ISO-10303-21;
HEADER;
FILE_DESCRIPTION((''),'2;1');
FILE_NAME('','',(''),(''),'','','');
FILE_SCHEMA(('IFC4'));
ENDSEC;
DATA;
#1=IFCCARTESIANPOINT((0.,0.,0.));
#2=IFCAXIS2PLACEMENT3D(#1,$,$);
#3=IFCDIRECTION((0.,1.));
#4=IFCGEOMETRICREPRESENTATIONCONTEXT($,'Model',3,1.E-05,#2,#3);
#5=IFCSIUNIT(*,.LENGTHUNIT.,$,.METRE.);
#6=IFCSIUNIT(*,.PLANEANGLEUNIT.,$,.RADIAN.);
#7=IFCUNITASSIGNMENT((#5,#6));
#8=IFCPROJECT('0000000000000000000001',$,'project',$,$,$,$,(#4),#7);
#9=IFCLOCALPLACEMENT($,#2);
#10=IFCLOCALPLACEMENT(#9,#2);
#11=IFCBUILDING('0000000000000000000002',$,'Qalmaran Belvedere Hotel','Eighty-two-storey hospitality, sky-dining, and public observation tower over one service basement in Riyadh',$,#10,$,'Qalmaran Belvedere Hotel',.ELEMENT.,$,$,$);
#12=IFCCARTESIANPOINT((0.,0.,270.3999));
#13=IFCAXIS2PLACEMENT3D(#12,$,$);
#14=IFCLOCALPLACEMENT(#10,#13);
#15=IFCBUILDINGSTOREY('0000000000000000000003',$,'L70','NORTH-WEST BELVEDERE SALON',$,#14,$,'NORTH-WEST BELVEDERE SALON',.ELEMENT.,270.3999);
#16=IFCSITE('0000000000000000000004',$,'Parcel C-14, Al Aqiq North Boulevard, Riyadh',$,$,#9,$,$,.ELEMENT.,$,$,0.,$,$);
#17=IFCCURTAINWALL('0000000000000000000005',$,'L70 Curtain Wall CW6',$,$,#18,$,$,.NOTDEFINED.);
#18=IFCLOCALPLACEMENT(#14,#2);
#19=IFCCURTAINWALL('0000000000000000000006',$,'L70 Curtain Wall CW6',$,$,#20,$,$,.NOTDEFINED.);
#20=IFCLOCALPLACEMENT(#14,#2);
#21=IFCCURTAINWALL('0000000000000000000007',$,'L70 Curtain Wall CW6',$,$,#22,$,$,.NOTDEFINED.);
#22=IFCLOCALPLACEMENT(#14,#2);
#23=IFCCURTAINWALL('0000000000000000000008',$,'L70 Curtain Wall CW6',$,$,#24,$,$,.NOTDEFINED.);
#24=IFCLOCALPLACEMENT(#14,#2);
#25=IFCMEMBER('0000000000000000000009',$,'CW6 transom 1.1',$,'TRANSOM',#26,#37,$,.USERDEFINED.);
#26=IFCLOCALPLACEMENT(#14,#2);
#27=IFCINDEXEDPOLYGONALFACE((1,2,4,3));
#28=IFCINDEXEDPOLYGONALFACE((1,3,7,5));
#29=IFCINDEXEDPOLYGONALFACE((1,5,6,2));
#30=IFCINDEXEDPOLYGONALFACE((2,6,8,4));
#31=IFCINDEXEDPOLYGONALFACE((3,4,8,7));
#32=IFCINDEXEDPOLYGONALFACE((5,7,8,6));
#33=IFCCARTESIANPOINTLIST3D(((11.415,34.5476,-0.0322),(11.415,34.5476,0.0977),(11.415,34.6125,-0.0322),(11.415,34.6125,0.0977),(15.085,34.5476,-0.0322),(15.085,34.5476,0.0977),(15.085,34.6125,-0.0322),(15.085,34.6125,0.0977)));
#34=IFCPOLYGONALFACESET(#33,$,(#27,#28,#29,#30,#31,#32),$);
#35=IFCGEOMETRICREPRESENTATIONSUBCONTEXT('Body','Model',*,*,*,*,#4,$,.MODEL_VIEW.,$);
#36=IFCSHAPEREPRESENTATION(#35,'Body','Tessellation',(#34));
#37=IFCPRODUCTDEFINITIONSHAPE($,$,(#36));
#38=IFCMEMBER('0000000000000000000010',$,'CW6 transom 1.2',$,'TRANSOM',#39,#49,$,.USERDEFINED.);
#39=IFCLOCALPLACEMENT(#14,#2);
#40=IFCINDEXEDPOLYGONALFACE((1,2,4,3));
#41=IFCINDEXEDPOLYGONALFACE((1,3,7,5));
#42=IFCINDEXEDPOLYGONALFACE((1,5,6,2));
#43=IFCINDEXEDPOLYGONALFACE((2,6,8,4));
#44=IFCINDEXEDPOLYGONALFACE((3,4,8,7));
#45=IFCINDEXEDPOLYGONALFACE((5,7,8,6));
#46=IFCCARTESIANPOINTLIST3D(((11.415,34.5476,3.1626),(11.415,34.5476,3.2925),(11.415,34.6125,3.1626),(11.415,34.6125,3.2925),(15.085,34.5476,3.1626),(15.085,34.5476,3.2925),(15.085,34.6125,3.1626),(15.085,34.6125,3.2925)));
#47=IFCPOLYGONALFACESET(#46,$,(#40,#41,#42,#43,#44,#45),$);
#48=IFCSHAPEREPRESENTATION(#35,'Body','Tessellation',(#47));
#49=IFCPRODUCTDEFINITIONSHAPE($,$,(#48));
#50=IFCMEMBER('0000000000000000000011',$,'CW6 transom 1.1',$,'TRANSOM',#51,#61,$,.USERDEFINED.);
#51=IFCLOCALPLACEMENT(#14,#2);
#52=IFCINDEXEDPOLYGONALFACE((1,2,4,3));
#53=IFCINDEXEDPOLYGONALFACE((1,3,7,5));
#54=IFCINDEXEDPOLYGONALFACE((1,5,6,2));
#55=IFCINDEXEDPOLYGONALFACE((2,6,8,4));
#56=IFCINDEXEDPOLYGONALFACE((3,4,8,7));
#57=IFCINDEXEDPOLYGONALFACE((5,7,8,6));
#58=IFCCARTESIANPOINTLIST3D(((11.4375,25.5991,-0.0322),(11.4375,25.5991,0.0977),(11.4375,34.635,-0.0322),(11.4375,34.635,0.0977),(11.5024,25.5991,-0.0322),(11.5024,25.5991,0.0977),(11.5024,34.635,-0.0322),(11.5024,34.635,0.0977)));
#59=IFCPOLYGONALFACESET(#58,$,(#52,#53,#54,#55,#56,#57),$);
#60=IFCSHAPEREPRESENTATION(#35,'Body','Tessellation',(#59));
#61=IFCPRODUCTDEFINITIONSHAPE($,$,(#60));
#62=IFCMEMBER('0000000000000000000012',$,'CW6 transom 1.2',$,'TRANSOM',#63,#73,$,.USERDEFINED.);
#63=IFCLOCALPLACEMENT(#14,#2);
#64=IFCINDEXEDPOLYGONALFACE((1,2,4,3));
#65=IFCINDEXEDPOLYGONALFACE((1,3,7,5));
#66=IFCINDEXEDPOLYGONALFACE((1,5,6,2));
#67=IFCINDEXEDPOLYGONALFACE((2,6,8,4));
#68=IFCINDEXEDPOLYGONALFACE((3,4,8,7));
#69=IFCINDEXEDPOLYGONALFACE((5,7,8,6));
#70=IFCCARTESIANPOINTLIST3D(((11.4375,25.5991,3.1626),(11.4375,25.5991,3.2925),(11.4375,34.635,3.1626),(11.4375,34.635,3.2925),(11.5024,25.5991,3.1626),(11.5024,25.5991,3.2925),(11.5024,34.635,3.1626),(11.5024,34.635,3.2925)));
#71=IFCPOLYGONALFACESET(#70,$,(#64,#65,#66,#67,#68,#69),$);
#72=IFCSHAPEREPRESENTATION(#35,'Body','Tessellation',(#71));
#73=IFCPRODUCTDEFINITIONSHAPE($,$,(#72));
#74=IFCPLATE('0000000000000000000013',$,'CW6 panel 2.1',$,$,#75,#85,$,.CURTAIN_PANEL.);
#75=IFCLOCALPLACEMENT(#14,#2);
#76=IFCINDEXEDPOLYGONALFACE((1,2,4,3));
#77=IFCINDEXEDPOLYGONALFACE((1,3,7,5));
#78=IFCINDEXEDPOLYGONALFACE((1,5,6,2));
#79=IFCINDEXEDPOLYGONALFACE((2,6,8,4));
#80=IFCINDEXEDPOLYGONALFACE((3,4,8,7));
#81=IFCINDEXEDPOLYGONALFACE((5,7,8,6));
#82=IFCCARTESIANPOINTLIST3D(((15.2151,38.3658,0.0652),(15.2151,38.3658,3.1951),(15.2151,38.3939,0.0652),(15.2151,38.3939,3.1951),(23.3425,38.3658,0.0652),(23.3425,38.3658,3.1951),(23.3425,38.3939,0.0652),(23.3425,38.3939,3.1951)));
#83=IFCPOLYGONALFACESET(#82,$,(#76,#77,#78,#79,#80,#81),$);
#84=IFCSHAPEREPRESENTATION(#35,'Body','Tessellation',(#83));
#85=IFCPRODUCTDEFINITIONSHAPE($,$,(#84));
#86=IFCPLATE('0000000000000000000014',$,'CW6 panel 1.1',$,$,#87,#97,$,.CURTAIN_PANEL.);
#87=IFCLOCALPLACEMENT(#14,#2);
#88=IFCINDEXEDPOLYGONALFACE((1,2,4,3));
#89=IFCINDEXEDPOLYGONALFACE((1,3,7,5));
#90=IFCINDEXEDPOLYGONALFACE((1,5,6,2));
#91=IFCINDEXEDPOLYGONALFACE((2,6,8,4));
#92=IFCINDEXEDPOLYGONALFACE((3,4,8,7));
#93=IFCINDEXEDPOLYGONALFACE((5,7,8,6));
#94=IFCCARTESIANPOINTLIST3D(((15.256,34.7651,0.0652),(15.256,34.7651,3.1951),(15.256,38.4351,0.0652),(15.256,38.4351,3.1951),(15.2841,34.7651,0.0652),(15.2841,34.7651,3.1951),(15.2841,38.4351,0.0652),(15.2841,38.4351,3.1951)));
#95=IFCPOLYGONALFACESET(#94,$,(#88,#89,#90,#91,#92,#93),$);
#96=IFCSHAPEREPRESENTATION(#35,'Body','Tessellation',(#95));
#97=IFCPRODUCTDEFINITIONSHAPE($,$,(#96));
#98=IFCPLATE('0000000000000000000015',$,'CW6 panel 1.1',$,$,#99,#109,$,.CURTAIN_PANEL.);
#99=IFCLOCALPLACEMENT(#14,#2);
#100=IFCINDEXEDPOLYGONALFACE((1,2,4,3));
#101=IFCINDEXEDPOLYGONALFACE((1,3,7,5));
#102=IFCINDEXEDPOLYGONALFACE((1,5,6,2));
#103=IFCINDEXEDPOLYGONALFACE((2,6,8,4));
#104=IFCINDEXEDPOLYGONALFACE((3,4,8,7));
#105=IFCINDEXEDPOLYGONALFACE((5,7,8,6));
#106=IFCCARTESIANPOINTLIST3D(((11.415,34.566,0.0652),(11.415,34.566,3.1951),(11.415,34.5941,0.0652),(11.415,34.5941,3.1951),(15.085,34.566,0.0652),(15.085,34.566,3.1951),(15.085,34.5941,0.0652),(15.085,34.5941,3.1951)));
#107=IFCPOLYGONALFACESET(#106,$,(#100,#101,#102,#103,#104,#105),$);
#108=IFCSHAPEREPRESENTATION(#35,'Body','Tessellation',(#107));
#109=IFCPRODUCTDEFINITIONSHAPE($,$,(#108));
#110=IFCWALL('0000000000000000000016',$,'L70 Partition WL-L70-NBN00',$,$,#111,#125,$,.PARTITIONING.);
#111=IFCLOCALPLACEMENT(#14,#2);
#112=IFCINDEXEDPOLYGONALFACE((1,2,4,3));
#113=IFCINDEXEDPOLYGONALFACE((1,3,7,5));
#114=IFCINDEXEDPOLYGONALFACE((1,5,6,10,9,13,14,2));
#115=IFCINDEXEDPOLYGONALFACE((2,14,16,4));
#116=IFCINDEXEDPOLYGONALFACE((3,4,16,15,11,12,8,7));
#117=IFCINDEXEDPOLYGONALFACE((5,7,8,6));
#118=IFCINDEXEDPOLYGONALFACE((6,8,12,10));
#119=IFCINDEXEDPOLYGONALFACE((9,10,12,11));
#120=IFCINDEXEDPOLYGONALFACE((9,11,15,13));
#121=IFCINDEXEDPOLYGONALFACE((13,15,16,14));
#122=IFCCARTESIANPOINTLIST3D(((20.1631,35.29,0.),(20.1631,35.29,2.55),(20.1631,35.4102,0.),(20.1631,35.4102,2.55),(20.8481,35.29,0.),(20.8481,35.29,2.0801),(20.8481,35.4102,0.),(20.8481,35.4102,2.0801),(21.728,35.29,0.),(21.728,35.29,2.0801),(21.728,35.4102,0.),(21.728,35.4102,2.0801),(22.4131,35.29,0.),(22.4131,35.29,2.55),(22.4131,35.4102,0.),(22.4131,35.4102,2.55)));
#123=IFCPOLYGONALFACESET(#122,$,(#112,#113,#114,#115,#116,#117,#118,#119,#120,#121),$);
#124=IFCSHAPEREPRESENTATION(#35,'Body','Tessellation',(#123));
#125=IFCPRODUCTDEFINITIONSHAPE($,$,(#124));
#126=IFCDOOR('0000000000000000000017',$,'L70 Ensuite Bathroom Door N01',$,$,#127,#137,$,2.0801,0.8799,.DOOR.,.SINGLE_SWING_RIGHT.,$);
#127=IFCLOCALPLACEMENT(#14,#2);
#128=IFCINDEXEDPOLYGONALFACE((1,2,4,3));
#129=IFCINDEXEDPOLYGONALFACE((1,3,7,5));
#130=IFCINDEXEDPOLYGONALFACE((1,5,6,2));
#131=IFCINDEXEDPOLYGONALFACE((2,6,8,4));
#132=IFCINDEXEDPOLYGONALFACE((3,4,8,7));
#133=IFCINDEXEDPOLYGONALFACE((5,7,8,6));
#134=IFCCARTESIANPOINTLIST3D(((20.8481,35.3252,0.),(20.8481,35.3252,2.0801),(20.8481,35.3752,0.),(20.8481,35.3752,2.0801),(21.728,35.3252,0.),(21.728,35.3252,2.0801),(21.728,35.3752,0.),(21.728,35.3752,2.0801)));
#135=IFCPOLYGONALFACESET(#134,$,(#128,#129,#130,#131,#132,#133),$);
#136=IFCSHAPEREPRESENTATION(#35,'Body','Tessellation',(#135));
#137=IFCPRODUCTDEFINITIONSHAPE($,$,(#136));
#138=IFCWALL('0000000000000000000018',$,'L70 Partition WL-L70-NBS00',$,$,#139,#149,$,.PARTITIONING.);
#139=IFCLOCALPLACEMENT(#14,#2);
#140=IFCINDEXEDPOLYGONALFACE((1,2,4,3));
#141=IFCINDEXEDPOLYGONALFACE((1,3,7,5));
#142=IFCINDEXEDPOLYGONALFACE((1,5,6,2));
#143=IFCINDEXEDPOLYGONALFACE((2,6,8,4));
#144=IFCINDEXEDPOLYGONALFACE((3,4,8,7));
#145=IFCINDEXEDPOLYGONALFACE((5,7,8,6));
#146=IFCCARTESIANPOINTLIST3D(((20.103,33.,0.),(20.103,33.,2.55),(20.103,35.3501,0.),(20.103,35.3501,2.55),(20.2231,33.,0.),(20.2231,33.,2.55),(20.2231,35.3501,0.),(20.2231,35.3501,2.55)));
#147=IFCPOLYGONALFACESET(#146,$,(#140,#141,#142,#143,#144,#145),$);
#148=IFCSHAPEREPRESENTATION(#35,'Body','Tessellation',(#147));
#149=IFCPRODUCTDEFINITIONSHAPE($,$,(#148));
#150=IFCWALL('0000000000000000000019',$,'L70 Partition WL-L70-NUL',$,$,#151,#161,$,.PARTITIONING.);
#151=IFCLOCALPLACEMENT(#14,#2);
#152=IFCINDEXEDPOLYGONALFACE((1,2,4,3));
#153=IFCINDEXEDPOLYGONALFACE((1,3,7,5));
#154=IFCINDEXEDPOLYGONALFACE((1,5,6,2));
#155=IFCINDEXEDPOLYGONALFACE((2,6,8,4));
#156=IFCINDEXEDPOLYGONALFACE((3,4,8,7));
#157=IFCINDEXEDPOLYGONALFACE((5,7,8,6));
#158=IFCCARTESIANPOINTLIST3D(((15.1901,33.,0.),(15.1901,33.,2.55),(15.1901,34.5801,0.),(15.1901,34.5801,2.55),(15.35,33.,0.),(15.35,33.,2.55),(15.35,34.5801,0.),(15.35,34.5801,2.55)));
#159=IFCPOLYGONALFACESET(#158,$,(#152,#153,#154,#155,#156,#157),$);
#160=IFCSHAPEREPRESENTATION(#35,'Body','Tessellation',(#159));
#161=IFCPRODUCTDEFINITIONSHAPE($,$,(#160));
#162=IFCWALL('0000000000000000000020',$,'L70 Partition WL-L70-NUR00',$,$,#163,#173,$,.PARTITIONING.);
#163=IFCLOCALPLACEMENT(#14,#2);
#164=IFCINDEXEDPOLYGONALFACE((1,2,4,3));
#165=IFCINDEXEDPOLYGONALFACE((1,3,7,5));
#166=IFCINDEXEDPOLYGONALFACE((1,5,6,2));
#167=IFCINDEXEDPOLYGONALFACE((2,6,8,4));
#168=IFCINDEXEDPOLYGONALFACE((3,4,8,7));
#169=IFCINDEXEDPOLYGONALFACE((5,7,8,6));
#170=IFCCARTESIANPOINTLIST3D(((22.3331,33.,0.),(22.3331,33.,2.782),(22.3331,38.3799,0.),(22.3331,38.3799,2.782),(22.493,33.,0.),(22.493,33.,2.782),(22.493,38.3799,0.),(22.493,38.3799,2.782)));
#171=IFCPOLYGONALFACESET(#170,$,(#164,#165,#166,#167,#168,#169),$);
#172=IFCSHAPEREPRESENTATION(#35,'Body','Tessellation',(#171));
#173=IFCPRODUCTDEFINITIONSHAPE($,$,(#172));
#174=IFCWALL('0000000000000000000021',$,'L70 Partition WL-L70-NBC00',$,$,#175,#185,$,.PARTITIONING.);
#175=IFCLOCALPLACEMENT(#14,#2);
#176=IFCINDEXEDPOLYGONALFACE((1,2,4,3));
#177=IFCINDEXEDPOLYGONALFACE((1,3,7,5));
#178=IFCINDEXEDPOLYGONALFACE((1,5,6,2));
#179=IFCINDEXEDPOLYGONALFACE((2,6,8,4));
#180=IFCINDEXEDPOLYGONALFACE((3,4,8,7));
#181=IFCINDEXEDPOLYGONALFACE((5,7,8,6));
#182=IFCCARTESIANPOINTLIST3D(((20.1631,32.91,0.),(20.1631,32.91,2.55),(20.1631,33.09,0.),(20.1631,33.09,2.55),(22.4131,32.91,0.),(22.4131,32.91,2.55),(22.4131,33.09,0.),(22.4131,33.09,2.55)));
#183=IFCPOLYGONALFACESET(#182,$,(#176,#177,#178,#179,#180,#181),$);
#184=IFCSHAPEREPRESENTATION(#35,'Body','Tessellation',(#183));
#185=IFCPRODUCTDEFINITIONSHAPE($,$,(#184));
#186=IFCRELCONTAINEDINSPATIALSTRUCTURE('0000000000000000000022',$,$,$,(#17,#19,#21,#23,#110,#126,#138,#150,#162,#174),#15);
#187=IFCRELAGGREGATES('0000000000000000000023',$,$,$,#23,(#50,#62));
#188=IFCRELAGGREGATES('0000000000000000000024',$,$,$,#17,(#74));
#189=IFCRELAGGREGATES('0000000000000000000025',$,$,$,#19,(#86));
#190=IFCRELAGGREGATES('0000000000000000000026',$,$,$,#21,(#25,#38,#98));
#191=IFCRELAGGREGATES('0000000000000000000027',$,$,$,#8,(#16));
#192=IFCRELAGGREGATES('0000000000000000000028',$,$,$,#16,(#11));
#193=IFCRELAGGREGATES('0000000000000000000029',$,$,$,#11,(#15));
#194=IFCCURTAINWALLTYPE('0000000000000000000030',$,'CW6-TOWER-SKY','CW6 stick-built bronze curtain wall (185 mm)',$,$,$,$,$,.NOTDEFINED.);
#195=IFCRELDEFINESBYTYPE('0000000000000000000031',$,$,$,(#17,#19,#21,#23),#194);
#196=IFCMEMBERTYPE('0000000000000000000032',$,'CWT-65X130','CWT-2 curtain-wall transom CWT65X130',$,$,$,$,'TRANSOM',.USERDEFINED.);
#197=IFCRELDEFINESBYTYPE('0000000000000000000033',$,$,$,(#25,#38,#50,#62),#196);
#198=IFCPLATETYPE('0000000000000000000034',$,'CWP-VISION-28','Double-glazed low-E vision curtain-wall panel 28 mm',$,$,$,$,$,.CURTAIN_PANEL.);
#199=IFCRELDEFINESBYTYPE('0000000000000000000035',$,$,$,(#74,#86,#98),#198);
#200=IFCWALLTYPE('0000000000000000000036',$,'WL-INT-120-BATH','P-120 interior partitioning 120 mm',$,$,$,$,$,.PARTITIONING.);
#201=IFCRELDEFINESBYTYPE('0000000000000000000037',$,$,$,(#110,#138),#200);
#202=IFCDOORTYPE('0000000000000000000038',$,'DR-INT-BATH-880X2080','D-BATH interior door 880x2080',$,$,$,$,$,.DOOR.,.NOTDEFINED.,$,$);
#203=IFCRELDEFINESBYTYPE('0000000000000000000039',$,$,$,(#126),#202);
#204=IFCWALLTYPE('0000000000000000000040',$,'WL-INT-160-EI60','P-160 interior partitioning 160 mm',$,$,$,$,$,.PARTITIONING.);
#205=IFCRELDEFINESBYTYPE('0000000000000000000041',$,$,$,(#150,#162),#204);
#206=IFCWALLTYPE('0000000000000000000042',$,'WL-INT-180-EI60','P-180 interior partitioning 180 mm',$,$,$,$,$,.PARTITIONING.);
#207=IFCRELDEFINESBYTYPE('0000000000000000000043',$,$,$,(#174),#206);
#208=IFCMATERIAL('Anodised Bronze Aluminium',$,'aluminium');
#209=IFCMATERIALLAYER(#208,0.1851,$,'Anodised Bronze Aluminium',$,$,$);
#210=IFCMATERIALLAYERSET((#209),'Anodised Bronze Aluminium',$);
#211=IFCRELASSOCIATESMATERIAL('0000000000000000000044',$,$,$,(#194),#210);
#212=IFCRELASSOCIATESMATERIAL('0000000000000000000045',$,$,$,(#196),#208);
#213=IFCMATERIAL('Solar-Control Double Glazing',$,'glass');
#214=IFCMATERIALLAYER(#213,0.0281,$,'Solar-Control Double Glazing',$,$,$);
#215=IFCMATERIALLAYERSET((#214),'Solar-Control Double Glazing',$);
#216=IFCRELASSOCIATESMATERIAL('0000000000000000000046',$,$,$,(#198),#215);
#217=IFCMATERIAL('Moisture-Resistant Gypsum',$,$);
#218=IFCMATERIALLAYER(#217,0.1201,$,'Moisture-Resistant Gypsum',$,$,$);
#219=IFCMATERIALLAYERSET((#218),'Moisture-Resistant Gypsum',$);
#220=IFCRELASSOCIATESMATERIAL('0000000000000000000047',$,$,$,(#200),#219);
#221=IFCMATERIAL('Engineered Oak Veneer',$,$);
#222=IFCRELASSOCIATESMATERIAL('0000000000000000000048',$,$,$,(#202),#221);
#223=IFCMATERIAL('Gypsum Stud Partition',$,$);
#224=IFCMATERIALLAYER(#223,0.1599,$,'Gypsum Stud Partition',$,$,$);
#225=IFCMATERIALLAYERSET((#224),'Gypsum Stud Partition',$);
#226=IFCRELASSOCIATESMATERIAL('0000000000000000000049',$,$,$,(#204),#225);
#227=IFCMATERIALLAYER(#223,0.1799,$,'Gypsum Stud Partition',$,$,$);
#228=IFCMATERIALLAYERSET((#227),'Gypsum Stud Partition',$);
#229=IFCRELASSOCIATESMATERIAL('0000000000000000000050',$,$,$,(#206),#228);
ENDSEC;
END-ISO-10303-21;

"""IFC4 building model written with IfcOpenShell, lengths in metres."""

from ifc_helpers import new_model, si_unit, direction, frame, frame_2d, origin, origin_2d, place, context, subcontext, project, spatial, rectangle, extrude, material, layer, layer_set, material_profile, profile_set, type_object, element, fill, aggregate, save


model = new_model("IFC4")

# Units and contexts
model_context = context("Model", 3, precision=1e-05, world=origin(), true_north=direction((0.0, 1.0)))
body_context = subcontext(model_context, "Body", "Model", "MODEL_VIEW")
ifc_project = project(units=[si_unit("LENGTHUNIT", "METRE"), si_unit("PLANEANGLEUNIT", "RADIAN")], contexts=[model_context])

# Site, building, storey
site_placement = place(None, origin())
site = spatial("IfcSite", under=ifc_project, at=site_placement, Name="Parcel C-14, Al Aqiq North Boulevard, Riyadh", CompositionType="ELEMENT", RefElevation=0.0)
building_placement = place(site_placement, origin())
building = spatial("IfcBuilding", under=site, at=building_placement, Name="Qalmaran Belvedere Hotel", Description="Eighty-two-storey hospitality, sky-dining, and public observation tower over one service basement in Riyadh", LongName="Qalmaran Belvedere Hotel", CompositionType="ELEMENT")
storey_placement = place(building_placement, frame((0.0, 0.0, 270.3999)))
storey = spatial("IfcBuildingStorey", under=building, at=storey_placement, Name="L70", Description="NORTH-WEST BELVEDERE SALON", LongName="NORTH-WEST BELVEDERE SALON", CompositionType="ELEMENT", Elevation=270.3999)

# Curtain walls
ifc_material_1 = material(Name="Anodised Bronze Aluminium", Category="aluminium")
ifc_layer_1 = layer(ifc_material_1, 0.1851, Name="Anodised Bronze Aluminium")
ifc_layer_set_1 = layer_set([ifc_layer_1], Name="Anodised Bronze Aluminium")
curtain_wall_type = type_object("IfcCurtainWallType", Name="CW6-TOWER-SKY", Description="CW6 stick-built bronze curtain wall (185 mm)", PredefinedType="NOTDEFINED", material=ifc_layer_set_1)
curtain_wall_1_placement = place(storey_placement, origin())
curtain_wall_1 = element("IfcCurtainWall", 1, at=curtain_wall_1_placement, inside=storey, type_object=curtain_wall_type, Name="L70 Curtain Wall CW6", PredefinedType="NOTDEFINED")
curtain_wall_2_placement = place(storey_placement, origin())
curtain_wall_2 = element("IfcCurtainWall", 2, at=curtain_wall_2_placement, inside=storey, type_object=curtain_wall_type, Name="L70 Curtain Wall CW6", PredefinedType="NOTDEFINED")
curtain_wall_3_placement = place(storey_placement, origin())
curtain_wall_3 = element("IfcCurtainWall", 3, at=curtain_wall_3_placement, inside=storey, type_object=curtain_wall_type, Name="L70 Curtain Wall CW6", PredefinedType="NOTDEFINED")

# Curtain wall
curtain_wall_4_placement = place(storey_placement, origin())
curtain_wall_4 = element("IfcCurtainWall", 4, at=curtain_wall_4_placement, inside=storey, type_object=curtain_wall_type, Name="L70 Curtain Wall CW6", PredefinedType="NOTDEFINED")

# Members
ifc_material_profile_1 = material_profile(ifc_material_1, rectangle(XDim=0.0649, YDim=0.1299, at=origin_2d()), Name="CWT65X130")
ifc_profile_set_1 = profile_set([ifc_material_profile_1], Name="Anodised Bronze Aluminium")
member_type_1 = type_object("IfcMemberType", Name="CWT-65X130", Description="CWT-2 curtain-wall transom CWT65X130", ElementType="TRANSOM", PredefinedType="USERDEFINED", material=ifc_profile_set_1)
member_1_placement = place(storey_placement, frame((15.085, 34.5801, 0.0327), z_axis=(-1.0, 0.0, 0.0), x_axis=(0.0, -1.0, 0.0)))
member_1 = element("IfcMember", 5, at=member_1_placement, type_object=member_type_1, Name="CW6 transom 1.1", ObjectType="TRANSOM", PredefinedType="USERDEFINED", context=body_context, shape_type="SweptSolid", body=[
    extrude(rectangle(XDim=0.0649, YDim=0.1299, at=origin_2d()), origin(), (0.0, 0.0, 1.0), 3.6699),
])
member_2_placement = place(storey_placement, frame((15.085, 34.5801, 3.2275), z_axis=(-1.0, 0.0, 0.0), x_axis=(0.0, -1.0, 0.0)))
member_2 = element("IfcMember", 6, at=member_2_placement, type_object=member_type_1, Name="CW6 transom 1.2", ObjectType="TRANSOM", PredefinedType="USERDEFINED", context=body_context, shape_type="SweptSolid", body=[
    extrude(rectangle(XDim=0.0649, YDim=0.1299, at=origin_2d()), origin(), (0.0, 0.0, 1.0), 3.6699),
])
member_3_placement = place(storey_placement, frame((11.47, 34.635, 0.0327), z_axis=(0.0, -1.0, 0.0), x_axis=(1.0, 0.0, 0.0)))
member_3 = element("IfcMember", 7, at=member_3_placement, type_object=member_type_1, Name="CW6 transom 1.1", ObjectType="TRANSOM", PredefinedType="USERDEFINED", context=body_context, shape_type="SweptSolid", body=[
    extrude(rectangle(XDim=0.0649, YDim=0.1299, at=origin_2d()), origin(), (0.0, 0.0, 1.0), 9.0359),
])
member_4_placement = place(storey_placement, frame((11.47, 34.635, 3.2275), z_axis=(0.0, -1.0, 0.0), x_axis=(1.0, 0.0, 0.0)))
member_4 = element("IfcMember", 8, at=member_4_placement, type_object=member_type_1, Name="CW6 transom 1.2", ObjectType="TRANSOM", PredefinedType="USERDEFINED", context=body_context, shape_type="SweptSolid", body=[
    extrude(rectangle(XDim=0.0649, YDim=0.1299, at=origin_2d()), origin(), (0.0, 0.0, 1.0), 9.0359),
])
aggregate(curtain_wall_4, [member_3, member_4])

# Plates
ifc_material_2 = material(Name="Solar-Control Double Glazing", Category="glass")
ifc_layer_2 = layer(ifc_material_2, 0.0281, Name="Solar-Control Double Glazing")
ifc_layer_set_2 = layer_set([ifc_layer_2], Name="Solar-Control Double Glazing")
plate_type = type_object("IfcPlateType", Name="CWP-VISION-28", Description="Double-glazed low-E vision curtain-wall panel 28 mm", PredefinedType="CURTAIN_PANEL", material=ifc_layer_set_2)
plate_1_placement = place(storey_placement, frame((19.2788, 38.3799, 0.0652), z_axis=(0.0, 0.0, 1.0), x_axis=(-1.0, 0.0, 0.0)))
plate_1 = element("IfcPlate", 9, at=plate_1_placement, type_object=plate_type, Name="CW6 panel 2.1", PredefinedType="CURTAIN_PANEL", context=body_context, shape_type="SweptSolid", body=[
    extrude(rectangle(XDim=8.1274, YDim=0.0281, at=origin_2d()), origin(), (0.0, 0.0, 1.0), 3.1299),
])
aggregate(curtain_wall_1, [plate_1])
plate_2_placement = place(storey_placement, frame((15.27, 36.6001, 0.0652), z_axis=(0.0, 0.0, 1.0), x_axis=(0.0, -1.0, 0.0)))
plate_2 = element("IfcPlate", 10, at=plate_2_placement, type_object=plate_type, Name="CW6 panel 1.1", PredefinedType="CURTAIN_PANEL", context=body_context, shape_type="SweptSolid", body=[
    extrude(rectangle(XDim=3.6699, YDim=0.0281, at=origin_2d()), origin(), (0.0, 0.0, 1.0), 3.1299),
])
aggregate(curtain_wall_2, [plate_2])
plate_3_placement = place(storey_placement, frame((13.25, 34.5801, 0.0652), z_axis=(0.0, 0.0, 1.0), x_axis=(-1.0, 0.0, 0.0)))
plate_3 = element("IfcPlate", 11, at=plate_3_placement, type_object=plate_type, Name="CW6 panel 1.1", PredefinedType="CURTAIN_PANEL", context=body_context, shape_type="SweptSolid", body=[
    extrude(rectangle(XDim=3.6699, YDim=0.0281, at=origin_2d()), origin(), (0.0, 0.0, 1.0), 3.1299),
])
aggregate(curtain_wall_3, [member_1, member_2, plate_3])

# Wall, opening, door
ifc_material_3 = material(Name="Moisture-Resistant Gypsum")
ifc_layer_3 = layer(ifc_material_3, 0.1201, Name="Moisture-Resistant Gypsum")
ifc_layer_set_3 = layer_set([ifc_layer_3], Name="Moisture-Resistant Gypsum")
wall_type_1 = type_object("IfcWallType", Name="WL-INT-120-BATH", Description="P-120 interior partitioning 120 mm", PredefinedType="PARTITIONING", material=ifc_layer_set_3)
wall_1_placement = place(storey_placement, frame((20.1631, 35.3501, 0.0), z_axis=(0.0, 0.0, 1.0), x_axis=(1.0, 0.0, 0.0)))
wall_1 = element("IfcWall", 12, at=wall_1_placement, inside=storey, type_object=wall_type_1, Name="L70 Partition WL-L70-NBN00", PredefinedType="PARTITIONING", context=body_context, shape_type="SweptSolid", body=[
    extrude(rectangle(XDim=2.25, YDim=0.1201, at=frame_2d((1.125, 0.0))), origin(), (0.0, 0.0, 1.0), 2.55),
])
opening_1_placement = place(wall_1_placement, frame((1.5649, 0.0, 0.0), z_axis=(0.0, 0.0, 1.0), x_axis=(-1.0, 0.0, 0.0)))
opening_1 = element("IfcOpeningElement", 13, at=opening_1_placement, cuts=wall_1, PredefinedType="OPENING", context=body_context, shape_type="SweptSolid", body=[
    extrude(rectangle(XDim=0.8799, YDim=2.0801, at=frame_2d((0.4399, 1.04))), frame((0.0, 0.0701, 0.0), z_axis=(0.0, -1.0, 0.0), x_axis=(1.0, 0.0, 0.0)), (0.0, 0.0, 1.0), 0.1401),
])
ifc_material_4 = material(Name="Engineered Oak Veneer")
door_type_1 = type_object("IfcDoorType", Name="DR-INT-BATH-880X2080", Description="D-BATH interior door 880x2080", OperationType="NOTDEFINED", PredefinedType="DOOR", material=ifc_material_4)
door_1_placement = place(opening_1_placement, origin())
door_1 = element("IfcDoor", 14, at=door_1_placement, inside=storey, type_object=door_type_1, Name="L70 Ensuite Bathroom Door N01", OperationType="SINGLE_SWING_RIGHT", OverallHeight=2.0801, OverallWidth=0.8799, PredefinedType="DOOR", context=body_context, shape_type="SweptSolid", body=[
    extrude(rectangle(XDim=0.8799, YDim=2.0801, at=frame_2d((0.4399, 1.04))), frame((0.0, 0.0249, 0.0), z_axis=(0.0, -1.0, 0.0), x_axis=(1.0, 0.0, 0.0)), (0.0, 0.0, 1.0), 0.05),
])
fill(opening_1, door_1)

# Walls
wall_2_placement = place(storey_placement, frame((20.1631, 33.0, 0.0), z_axis=(0.0, 0.0, 1.0), x_axis=(0.0, 1.0, 0.0)))
element("IfcWall", 15, at=wall_2_placement, inside=storey, type_object=wall_type_1, Name="L70 Partition WL-L70-NBS00", PredefinedType="PARTITIONING", context=body_context, shape_type="SweptSolid", body=[
    extrude(rectangle(XDim=2.3501, YDim=0.1201, at=frame_2d((1.175, 0.0))), origin(), (0.0, 0.0, 1.0), 2.55),
])
ifc_material_5 = material(Name="Gypsum Stud Partition")
ifc_layer_4 = layer(ifc_material_5, 0.1599, Name="Gypsum Stud Partition")
ifc_layer_set_4 = layer_set([ifc_layer_4], Name="Gypsum Stud Partition")
wall_type_2 = type_object("IfcWallType", Name="WL-INT-160-EI60", Description="P-160 interior partitioning 160 mm", PredefinedType="PARTITIONING", material=ifc_layer_set_4)
wall_3_placement = place(storey_placement, frame((15.27, 33.0, 0.0), z_axis=(0.0, 0.0, 1.0), x_axis=(0.0, 1.0, 0.0)))
element("IfcWall", 16, at=wall_3_placement, inside=storey, type_object=wall_type_2, Name="L70 Partition WL-L70-NUL", PredefinedType="PARTITIONING", context=body_context, shape_type="SweptSolid", body=[
    extrude(rectangle(XDim=1.5801, YDim=0.1599, at=frame_2d((0.79, 0.0))), origin(), (0.0, 0.0, 1.0), 2.55),
])
wall_4_placement = place(storey_placement, frame((22.4131, 33.0, 0.0), z_axis=(0.0, 0.0, 1.0), x_axis=(0.0, 1.0, 0.0)))
element("IfcWall", 17, at=wall_4_placement, inside=storey, type_object=wall_type_2, Name="L70 Partition WL-L70-NUR00", PredefinedType="PARTITIONING", context=body_context, shape_type="SweptSolid", body=[
    extrude(rectangle(XDim=5.3799, YDim=0.1599, at=frame_2d((2.6899, 0.0))), origin(), (0.0, 0.0, 1.0), 2.782),
])
ifc_layer_5 = layer(ifc_material_5, 0.1799, Name="Gypsum Stud Partition")
ifc_layer_set_5 = layer_set([ifc_layer_5], Name="Gypsum Stud Partition")
wall_type_3 = type_object("IfcWallType", Name="WL-INT-180-EI60", Description="P-180 interior partitioning 180 mm", PredefinedType="PARTITIONING", material=ifc_layer_set_5)
wall_5_placement = place(storey_placement, frame((20.1631, 33.0, 0.0), z_axis=(0.0, 0.0, 1.0), x_axis=(1.0, 0.0, 0.0)))
element("IfcWall", 18, at=wall_5_placement, inside=storey, type_object=wall_type_3, Name="L70 Partition WL-L70-NBC00", PredefinedType="PARTITIONING", context=body_context, shape_type="SweptSolid", body=[
    extrude(rectangle(XDim=2.25, YDim=0.1799, at=frame_2d((1.125, 0.0))), origin(), (0.0, 0.0, 1.0), 2.55),
])

save(model, "model.ifc")
